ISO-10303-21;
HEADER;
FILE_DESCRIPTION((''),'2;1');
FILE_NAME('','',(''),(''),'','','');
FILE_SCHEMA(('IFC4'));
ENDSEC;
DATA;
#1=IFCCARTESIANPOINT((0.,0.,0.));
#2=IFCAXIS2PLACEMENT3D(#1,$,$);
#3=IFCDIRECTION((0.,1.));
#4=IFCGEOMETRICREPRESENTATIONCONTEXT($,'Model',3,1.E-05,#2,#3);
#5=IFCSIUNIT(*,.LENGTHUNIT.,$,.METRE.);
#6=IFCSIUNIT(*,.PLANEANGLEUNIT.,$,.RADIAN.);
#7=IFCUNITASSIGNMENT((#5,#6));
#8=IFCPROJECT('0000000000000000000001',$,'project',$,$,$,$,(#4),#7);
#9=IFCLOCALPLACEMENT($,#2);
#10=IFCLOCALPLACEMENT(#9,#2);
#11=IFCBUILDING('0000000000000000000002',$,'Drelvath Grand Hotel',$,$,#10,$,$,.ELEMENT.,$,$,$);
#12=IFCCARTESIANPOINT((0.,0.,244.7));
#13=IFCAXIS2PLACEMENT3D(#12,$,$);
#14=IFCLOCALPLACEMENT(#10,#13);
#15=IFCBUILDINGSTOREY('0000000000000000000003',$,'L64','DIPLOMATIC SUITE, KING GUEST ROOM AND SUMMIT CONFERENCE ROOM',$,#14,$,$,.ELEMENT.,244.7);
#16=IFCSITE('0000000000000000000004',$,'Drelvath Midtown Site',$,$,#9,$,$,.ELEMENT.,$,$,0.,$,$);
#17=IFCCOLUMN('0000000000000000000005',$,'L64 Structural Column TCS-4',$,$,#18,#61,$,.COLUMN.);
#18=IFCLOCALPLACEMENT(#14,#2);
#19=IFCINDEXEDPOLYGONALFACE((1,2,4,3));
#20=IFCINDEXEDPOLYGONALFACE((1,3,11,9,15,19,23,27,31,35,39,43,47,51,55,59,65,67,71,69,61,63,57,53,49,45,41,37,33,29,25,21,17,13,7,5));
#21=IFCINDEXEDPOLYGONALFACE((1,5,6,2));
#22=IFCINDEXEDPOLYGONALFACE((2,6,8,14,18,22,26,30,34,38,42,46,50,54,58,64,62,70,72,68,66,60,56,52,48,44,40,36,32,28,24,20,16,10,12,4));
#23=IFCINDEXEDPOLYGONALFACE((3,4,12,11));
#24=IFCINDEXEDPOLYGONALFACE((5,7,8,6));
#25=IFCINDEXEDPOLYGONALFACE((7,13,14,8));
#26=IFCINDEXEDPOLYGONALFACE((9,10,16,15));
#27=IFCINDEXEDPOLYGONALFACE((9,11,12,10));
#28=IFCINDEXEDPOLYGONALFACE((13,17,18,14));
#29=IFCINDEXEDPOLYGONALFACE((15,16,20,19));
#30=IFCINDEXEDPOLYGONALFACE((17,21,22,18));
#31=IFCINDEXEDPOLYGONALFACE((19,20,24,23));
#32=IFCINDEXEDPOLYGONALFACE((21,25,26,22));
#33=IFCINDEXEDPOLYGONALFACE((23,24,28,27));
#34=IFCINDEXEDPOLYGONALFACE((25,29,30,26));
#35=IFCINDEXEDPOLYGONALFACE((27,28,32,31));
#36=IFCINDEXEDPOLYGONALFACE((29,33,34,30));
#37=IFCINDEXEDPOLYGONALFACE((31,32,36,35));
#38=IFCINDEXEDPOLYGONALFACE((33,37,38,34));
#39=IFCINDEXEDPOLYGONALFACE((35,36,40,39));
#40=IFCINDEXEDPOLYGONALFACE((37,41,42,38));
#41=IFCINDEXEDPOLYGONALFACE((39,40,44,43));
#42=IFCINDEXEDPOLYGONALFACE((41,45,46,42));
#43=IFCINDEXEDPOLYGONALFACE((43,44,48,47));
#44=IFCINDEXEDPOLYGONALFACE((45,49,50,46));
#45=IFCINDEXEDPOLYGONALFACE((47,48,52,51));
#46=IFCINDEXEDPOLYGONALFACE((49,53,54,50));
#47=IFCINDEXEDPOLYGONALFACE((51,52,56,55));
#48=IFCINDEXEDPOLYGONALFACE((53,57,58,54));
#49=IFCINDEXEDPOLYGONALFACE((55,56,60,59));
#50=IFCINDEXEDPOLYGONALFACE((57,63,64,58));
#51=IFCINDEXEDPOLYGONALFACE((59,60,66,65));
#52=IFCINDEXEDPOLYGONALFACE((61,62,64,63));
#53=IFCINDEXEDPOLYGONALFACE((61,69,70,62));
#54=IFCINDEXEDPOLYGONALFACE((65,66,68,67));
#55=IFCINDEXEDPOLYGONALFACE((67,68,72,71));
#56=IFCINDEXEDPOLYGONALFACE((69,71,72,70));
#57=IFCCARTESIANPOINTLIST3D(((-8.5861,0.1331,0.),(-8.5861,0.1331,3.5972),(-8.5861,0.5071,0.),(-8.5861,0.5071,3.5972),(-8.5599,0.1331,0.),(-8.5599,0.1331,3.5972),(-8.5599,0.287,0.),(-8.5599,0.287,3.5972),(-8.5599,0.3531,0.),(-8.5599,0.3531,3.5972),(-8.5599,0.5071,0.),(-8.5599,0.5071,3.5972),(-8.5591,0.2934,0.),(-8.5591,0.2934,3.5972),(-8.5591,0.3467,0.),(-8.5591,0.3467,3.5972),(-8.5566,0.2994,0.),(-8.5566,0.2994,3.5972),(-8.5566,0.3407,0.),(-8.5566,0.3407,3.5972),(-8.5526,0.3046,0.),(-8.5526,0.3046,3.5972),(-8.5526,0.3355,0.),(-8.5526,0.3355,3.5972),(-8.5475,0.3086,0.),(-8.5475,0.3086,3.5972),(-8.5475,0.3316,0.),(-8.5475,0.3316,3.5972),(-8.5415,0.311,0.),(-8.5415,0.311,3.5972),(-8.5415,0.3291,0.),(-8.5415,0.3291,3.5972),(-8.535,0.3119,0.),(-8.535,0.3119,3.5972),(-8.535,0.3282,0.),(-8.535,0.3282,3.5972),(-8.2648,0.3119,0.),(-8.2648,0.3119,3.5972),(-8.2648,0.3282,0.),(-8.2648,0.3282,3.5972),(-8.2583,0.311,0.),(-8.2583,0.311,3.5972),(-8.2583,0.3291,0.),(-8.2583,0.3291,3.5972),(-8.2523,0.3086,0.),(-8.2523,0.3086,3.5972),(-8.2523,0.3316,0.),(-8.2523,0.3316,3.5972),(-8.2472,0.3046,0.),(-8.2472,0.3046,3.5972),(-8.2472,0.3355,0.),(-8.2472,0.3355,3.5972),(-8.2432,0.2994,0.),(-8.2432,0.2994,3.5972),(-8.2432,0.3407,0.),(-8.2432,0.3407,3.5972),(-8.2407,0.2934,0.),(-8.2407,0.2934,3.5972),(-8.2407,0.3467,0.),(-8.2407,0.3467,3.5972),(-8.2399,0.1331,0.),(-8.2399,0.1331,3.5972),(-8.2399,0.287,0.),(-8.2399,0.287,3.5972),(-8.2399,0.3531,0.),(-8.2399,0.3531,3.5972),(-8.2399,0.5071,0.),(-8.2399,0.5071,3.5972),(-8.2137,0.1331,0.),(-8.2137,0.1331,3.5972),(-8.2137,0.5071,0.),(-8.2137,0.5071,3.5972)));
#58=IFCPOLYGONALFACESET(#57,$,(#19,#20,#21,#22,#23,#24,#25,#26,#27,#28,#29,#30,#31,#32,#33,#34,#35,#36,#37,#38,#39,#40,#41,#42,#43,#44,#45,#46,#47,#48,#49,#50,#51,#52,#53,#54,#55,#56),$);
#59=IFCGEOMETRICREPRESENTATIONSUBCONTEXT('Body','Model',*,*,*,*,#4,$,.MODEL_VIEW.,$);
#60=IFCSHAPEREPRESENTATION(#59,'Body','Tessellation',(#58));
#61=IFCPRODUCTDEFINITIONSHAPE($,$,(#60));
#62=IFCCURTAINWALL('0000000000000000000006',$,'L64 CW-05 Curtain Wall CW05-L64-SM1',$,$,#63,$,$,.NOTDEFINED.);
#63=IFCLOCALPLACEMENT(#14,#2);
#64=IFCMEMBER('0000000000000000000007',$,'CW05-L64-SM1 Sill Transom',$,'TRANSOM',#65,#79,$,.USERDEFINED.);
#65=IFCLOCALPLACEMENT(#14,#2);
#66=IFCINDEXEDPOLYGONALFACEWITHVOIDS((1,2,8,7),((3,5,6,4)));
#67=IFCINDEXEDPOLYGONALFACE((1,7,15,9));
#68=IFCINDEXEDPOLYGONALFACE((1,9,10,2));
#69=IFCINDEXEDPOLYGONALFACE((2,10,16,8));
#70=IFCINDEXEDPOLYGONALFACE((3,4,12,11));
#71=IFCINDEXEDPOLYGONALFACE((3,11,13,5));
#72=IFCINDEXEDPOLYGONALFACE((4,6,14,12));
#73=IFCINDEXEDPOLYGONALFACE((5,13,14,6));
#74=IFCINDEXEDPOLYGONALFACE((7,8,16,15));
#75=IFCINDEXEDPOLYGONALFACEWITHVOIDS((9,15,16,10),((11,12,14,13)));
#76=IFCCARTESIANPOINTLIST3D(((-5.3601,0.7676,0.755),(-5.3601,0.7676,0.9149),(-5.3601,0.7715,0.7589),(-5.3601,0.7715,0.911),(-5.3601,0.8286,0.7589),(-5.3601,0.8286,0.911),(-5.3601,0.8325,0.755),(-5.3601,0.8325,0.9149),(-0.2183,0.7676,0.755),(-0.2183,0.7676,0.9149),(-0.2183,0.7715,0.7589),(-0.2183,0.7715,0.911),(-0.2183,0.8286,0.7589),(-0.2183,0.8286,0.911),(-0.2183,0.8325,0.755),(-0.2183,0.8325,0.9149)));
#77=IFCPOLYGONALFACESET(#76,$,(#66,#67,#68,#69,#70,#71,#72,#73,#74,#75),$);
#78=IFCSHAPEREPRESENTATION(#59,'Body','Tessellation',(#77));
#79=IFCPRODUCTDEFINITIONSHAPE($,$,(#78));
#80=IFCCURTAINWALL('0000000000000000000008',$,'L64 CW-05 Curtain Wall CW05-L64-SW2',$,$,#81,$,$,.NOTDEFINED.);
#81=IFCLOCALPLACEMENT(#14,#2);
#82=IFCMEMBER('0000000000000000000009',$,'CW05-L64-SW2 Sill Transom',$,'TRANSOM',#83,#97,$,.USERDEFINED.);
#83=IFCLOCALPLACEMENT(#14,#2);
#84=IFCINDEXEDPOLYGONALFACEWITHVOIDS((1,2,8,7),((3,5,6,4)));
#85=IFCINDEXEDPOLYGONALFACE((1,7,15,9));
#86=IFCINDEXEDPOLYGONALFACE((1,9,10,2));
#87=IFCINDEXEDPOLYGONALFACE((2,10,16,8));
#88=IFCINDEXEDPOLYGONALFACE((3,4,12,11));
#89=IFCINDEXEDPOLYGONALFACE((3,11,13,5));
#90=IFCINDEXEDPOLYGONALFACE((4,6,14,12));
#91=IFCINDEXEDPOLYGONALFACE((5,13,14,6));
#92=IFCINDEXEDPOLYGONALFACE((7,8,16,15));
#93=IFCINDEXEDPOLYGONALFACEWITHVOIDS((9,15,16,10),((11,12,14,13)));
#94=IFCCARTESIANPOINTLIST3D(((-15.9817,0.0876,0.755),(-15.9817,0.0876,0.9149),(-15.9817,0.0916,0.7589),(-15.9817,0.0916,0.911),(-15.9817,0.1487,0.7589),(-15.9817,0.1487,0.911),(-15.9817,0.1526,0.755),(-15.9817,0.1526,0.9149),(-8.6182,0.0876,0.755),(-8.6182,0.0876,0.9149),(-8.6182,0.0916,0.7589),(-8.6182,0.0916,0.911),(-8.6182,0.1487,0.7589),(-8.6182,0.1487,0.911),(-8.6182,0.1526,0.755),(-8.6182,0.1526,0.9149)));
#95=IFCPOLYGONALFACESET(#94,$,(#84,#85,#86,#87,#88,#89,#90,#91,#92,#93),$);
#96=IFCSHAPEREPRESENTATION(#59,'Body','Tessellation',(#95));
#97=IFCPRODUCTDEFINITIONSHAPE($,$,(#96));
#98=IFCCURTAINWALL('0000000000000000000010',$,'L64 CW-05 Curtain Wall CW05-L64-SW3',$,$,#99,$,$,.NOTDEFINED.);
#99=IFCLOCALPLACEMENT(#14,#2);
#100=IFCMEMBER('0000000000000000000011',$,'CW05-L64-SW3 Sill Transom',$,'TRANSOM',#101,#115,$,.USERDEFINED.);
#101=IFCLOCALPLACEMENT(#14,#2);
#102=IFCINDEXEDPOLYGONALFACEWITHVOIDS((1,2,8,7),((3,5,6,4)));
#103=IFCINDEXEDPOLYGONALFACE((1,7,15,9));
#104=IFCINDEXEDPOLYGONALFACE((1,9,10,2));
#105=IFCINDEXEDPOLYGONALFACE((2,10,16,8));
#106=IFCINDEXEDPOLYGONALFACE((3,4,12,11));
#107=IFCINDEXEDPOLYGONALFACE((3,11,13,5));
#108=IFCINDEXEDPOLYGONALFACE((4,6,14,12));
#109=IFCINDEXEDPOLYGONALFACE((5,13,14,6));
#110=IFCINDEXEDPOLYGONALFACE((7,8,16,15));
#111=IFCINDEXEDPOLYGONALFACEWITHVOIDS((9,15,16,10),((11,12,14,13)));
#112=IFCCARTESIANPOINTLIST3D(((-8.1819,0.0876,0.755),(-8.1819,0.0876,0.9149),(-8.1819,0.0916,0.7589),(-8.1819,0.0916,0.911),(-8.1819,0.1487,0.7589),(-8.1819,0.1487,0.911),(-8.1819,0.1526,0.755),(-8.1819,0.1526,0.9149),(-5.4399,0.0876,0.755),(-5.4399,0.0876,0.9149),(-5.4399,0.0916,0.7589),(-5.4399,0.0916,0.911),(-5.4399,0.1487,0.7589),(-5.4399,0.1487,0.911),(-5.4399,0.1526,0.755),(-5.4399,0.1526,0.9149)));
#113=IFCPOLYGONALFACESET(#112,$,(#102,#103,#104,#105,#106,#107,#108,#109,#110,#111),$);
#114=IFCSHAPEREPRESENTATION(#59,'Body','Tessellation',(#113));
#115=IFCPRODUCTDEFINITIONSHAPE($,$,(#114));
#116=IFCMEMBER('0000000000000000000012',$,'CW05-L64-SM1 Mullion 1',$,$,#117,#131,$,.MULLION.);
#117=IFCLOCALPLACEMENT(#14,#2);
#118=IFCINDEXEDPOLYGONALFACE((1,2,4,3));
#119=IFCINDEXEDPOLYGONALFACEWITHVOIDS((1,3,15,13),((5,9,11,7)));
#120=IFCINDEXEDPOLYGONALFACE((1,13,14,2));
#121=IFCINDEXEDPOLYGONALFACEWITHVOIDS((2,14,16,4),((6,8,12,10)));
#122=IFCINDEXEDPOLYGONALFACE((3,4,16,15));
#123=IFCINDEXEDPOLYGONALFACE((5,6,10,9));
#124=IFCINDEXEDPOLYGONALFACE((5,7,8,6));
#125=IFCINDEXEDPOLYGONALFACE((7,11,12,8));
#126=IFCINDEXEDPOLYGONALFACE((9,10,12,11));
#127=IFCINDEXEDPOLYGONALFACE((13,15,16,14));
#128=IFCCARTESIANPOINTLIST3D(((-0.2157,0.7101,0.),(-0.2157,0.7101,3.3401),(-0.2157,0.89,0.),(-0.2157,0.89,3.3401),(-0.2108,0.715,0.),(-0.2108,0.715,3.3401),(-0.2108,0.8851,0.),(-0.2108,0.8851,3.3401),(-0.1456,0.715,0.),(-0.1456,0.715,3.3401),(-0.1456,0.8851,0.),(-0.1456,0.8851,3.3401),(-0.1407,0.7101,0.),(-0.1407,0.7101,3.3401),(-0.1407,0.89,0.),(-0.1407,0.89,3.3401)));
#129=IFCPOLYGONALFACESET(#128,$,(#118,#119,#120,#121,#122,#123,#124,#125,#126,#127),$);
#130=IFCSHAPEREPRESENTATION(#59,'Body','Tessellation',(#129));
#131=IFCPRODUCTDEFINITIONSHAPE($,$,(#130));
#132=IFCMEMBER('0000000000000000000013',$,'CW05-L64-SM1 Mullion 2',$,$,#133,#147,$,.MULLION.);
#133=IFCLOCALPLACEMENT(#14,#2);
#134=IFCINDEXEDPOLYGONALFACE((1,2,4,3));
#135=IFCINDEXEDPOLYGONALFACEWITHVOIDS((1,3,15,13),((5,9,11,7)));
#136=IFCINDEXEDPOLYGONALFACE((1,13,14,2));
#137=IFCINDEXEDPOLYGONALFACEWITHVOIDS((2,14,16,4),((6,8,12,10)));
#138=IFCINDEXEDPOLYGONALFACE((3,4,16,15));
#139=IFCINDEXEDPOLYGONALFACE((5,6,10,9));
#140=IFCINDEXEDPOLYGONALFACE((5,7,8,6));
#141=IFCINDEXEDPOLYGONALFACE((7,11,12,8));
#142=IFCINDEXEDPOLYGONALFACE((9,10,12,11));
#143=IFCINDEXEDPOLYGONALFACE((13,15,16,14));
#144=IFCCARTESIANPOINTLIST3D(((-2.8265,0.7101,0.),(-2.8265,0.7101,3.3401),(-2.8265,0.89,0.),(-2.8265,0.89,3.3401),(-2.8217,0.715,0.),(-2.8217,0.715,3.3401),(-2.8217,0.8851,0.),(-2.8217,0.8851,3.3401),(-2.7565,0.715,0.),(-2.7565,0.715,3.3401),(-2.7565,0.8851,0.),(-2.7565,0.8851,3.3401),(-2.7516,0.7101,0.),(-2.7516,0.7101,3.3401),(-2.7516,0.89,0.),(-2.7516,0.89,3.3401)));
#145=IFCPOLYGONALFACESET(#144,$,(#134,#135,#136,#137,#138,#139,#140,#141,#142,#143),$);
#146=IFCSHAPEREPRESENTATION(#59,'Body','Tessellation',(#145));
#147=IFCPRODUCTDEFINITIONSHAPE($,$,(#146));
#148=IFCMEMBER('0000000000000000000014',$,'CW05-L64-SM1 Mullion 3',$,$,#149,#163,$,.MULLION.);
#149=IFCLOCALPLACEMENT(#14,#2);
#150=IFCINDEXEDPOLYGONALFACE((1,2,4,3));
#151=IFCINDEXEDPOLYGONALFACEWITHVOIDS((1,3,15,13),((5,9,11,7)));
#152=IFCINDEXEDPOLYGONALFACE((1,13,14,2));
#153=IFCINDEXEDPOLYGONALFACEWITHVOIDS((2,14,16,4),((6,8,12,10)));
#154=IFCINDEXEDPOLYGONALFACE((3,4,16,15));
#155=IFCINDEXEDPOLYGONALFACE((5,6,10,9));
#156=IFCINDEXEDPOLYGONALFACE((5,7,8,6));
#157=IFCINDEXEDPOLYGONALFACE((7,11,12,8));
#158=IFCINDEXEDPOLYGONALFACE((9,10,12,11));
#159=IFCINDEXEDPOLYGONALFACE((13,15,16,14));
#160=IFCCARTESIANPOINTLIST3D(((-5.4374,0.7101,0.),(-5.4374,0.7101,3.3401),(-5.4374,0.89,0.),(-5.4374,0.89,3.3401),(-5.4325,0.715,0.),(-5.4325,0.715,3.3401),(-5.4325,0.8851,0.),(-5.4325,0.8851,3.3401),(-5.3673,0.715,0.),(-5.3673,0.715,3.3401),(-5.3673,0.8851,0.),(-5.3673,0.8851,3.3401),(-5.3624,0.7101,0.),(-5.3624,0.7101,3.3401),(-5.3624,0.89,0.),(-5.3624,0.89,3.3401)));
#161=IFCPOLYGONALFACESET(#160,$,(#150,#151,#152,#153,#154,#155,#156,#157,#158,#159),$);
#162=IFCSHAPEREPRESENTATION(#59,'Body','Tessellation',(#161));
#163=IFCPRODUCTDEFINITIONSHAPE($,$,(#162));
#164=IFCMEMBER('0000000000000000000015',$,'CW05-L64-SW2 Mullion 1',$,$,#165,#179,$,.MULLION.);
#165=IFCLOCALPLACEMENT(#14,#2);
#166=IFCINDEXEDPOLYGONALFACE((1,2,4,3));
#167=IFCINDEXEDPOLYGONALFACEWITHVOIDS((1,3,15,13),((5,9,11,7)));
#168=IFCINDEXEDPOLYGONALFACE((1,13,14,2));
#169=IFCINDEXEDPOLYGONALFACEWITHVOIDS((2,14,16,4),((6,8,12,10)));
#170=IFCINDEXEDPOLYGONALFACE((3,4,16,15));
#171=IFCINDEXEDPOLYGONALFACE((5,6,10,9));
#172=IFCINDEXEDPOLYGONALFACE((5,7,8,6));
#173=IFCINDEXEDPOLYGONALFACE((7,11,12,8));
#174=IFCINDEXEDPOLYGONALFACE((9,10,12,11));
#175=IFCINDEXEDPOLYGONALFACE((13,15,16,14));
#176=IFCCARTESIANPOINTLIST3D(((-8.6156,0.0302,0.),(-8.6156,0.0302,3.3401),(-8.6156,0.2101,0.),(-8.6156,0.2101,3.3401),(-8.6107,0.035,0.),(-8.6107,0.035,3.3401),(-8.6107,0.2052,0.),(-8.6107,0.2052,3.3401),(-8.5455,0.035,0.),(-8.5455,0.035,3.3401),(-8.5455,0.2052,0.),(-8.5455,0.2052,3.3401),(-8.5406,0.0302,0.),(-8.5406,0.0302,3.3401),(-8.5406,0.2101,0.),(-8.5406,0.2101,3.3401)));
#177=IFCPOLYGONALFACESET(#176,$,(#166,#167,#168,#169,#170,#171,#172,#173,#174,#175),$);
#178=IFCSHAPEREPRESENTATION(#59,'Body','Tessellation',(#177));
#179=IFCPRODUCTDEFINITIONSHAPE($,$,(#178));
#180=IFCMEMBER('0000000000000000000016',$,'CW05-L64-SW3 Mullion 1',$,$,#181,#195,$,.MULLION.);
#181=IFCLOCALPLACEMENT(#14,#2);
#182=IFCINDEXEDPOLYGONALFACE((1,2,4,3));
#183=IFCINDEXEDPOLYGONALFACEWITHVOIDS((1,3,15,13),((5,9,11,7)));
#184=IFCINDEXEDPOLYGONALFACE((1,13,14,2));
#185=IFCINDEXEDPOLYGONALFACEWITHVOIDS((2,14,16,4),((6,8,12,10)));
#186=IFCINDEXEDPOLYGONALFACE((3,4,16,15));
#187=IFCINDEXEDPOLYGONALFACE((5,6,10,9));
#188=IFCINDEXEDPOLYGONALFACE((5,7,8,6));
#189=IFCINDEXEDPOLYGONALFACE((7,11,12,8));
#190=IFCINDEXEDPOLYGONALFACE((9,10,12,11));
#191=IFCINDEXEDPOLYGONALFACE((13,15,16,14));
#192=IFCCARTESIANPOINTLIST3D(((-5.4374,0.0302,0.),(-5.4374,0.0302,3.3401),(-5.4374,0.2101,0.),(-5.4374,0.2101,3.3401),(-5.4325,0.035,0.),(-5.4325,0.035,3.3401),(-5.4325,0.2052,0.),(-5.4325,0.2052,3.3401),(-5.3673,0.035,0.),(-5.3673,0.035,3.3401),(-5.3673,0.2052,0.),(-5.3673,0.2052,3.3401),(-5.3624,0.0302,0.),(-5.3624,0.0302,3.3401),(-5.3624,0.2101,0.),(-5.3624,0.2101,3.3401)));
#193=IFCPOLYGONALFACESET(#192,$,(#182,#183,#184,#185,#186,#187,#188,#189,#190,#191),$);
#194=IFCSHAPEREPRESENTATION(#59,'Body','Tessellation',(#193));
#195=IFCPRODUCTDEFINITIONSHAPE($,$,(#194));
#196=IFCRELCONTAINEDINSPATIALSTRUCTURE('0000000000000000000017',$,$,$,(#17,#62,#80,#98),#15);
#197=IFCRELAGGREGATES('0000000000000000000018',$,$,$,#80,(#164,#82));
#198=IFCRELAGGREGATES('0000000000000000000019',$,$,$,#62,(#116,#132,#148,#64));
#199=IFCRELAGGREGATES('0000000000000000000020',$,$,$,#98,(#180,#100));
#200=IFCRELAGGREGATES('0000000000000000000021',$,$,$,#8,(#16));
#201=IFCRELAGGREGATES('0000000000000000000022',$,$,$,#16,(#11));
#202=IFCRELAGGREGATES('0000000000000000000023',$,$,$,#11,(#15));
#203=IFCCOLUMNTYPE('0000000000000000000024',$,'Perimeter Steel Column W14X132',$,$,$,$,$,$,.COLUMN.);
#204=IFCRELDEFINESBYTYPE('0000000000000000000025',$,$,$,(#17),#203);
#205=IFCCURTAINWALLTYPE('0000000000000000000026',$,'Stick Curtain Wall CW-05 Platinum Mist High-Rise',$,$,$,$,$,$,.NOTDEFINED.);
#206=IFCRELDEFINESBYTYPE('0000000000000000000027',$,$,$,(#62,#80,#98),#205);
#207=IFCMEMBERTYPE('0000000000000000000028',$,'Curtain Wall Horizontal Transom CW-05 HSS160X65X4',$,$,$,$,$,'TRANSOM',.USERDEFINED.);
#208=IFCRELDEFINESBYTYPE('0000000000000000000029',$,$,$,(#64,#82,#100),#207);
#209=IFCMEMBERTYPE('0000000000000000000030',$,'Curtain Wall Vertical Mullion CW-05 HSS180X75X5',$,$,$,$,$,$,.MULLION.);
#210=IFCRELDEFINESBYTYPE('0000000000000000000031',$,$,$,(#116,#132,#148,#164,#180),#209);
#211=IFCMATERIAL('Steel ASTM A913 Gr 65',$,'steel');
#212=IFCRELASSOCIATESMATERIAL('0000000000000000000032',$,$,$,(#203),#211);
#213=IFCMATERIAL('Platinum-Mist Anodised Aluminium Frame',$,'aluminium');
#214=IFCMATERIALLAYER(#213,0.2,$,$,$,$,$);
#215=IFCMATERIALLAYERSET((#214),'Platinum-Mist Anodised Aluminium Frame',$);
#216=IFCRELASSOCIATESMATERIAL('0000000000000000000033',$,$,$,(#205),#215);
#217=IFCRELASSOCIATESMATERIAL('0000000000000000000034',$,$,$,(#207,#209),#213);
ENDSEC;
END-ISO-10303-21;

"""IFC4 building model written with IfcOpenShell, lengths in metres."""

from ifc_helpers import new_model, si_unit, direction, frame, origin, origin_2d, place, context, subcontext, project, spatial, hollow_rectangle, i_section, extrude, material, layer, layer_set, material_profile, profile_set, type_object, element, aggregate, save


model = new_model("IFC4")

# Units and contexts
model_context = context("Model", 3, precision=1e-05, world=origin(), true_north=direction((0.0, 1.0)))
body_context = subcontext(model_context, "Body", "Model", "MODEL_VIEW")
ifc_project = project(units=[si_unit("LENGTHUNIT", "METRE"), si_unit("PLANEANGLEUNIT", "RADIAN")], contexts=[model_context])

# Site, building, storey
site_placement = place(None, origin())
site = spatial("IfcSite", under=ifc_project, at=site_placement, Name="Drelvath Midtown Site", CompositionType="ELEMENT", RefElevation=0.0)
building_placement = place(site_placement, origin())
building = spatial("IfcBuilding", under=site, at=building_placement, Name="Drelvath Grand Hotel", CompositionType="ELEMENT")
storey_placement = place(building_placement, frame((0.0, 0.0, 244.7)))
storey = spatial("IfcBuildingStorey", under=building, at=storey_placement, Name="L64", Description="DIPLOMATIC SUITE, KING GUEST ROOM AND SUMMIT CONFERENCE ROOM", CompositionType="ELEMENT", Elevation=244.7)

# Column
ifc_material_1 = material(Name="Steel ASTM A913 Gr 65", Category="steel")
ifc_material_profile_1 = material_profile(ifc_material_1, i_section(OverallWidth=0.374, OverallDepth=0.3723, WebThickness=0.0164, FlangeThickness=0.0261, FilletRadius=0.0249, at=origin_2d()), Name="W14X132")
ifc_profile_set_1 = profile_set([ifc_material_profile_1], Name="Steel ASTM A913 Gr 65")
column_type = type_object("IfcColumnType", Name="Perimeter Steel Column W14X132", PredefinedType="COLUMN", material=ifc_profile_set_1)
column_placement = place(storey_placement, frame((-8.3999, 0.3201, 0.0), z_axis=(0.0, 0.0, 1.0), x_axis=(0.0, 1.0, 0.0)))
element("IfcColumn", 1, at=column_placement, inside=storey, type_object=column_type, Name="L64 Structural Column TCS-4", PredefinedType="COLUMN", context=body_context, shape_type="SweptSolid", body=[
    extrude(i_section(OverallWidth=0.374, OverallDepth=0.3723, WebThickness=0.0164, FlangeThickness=0.0261, FilletRadius=0.0249, at=origin_2d()), origin(), (0.0, 0.0, 1.0), 3.5972),
])

# Curtain walls, members
ifc_material_2 = material(Name="Platinum-Mist Anodised Aluminium Frame", Category="aluminium")
ifc_layer_1 = layer(ifc_material_2, 0.2)
ifc_layer_set_1 = layer_set([ifc_layer_1], Name="Platinum-Mist Anodised Aluminium Frame")
curtain_wall_type = type_object("IfcCurtainWallType", Name="Stick Curtain Wall CW-05 Platinum Mist High-Rise", PredefinedType="NOTDEFINED", material=ifc_layer_set_1)
curtain_wall_1_placement = place(storey_placement, origin())
curtain_wall_1 = element("IfcCurtainWall", 2, at=curtain_wall_1_placement, inside=storey, type_object=curtain_wall_type, Name="L64 CW-05 Curtain Wall CW05-L64-SM1", PredefinedType="NOTDEFINED")
ifc_material_profile_2 = material_profile(ifc_material_2, hollow_rectangle(XDim=0.0649, YDim=0.1599, WallThickness=0.0039, at=origin_2d()), Name="HSS160X65X4")
ifc_profile_set_2 = profile_set([ifc_material_profile_2], Name="Platinum-Mist Anodised Aluminium Frame")
member_type_1 = type_object("IfcMemberType", Name="Curtain Wall Horizontal Transom CW-05 HSS160X65X4", ElementType="TRANSOM", PredefinedType="USERDEFINED", material=ifc_profile_set_2)
member_1_placement = place(storey_placement, frame((-0.2183, 0.8, 0.835), z_axis=(-1.0, 0.0, 0.0), x_axis=(0.0, -1.0, 0.0)))
member_1 = element("IfcMember", 3, at=member_1_placement, type_object=member_type_1, Name="CW05-L64-SM1 Sill Transom", ObjectType="TRANSOM", PredefinedType="USERDEFINED", context=body_context, shape_type="SweptSolid", body=[
    extrude(hollow_rectangle(XDim=0.0649, YDim=0.1599, WallThickness=0.0039, at=origin_2d()), origin(), (0.0, 0.0, 1.0), 5.1418),
])
curtain_wall_2_placement = place(storey_placement, origin())
curtain_wall_2 = element("IfcCurtainWall", 4, at=curtain_wall_2_placement, inside=storey, type_object=curtain_wall_type, Name="L64 CW-05 Curtain Wall CW05-L64-SW2", PredefinedType="NOTDEFINED")
member_2_placement = place(storey_placement, frame((-8.6182, 0.1201, 0.835), z_axis=(-1.0, 0.0, 0.0), x_axis=(0.0, -1.0, 0.0)))
member_2 = element("IfcMember", 5, at=member_2_placement, type_object=member_type_1, Name="CW05-L64-SW2 Sill Transom", ObjectType="TRANSOM", PredefinedType="USERDEFINED", context=body_context, shape_type="SweptSolid", body=[
    extrude(hollow_rectangle(XDim=0.0649, YDim=0.1599, WallThickness=0.0039, at=origin_2d()), origin(), (0.0, 0.0, 1.0), 7.3635),
])
curtain_wall_3_placement = place(storey_placement, origin())
curtain_wall_3 = element("IfcCurtainWall", 6, at=curtain_wall_3_placement, inside=storey, type_object=curtain_wall_type, Name="L64 CW-05 Curtain Wall CW05-L64-SW3", PredefinedType="NOTDEFINED")
member_3_placement = place(storey_placement, frame((-5.4399, 0.1201, 0.835), z_axis=(-1.0, 0.0, 0.0), x_axis=(0.0, -1.0, 0.0)))
member_3 = element("IfcMember", 7, at=member_3_placement, type_object=member_type_1, Name="CW05-L64-SW3 Sill Transom", ObjectType="TRANSOM", PredefinedType="USERDEFINED", context=body_context, shape_type="SweptSolid", body=[
    extrude(hollow_rectangle(XDim=0.0649, YDim=0.1599, WallThickness=0.0039, at=origin_2d()), origin(), (0.0, 0.0, 1.0), 2.7419),
])

# Members
ifc_material_profile_3 = material_profile(ifc_material_2, hollow_rectangle(XDim=0.075, YDim=0.1799, WallThickness=0.0049, at=origin_2d()), Name="HSS180X75X5")
ifc_profile_set_3 = profile_set([ifc_material_profile_3], Name="Platinum-Mist Anodised Aluminium Frame")
member_type_2 = type_object("IfcMemberType", Name="Curtain Wall Vertical Mullion CW-05 HSS180X75X5", PredefinedType="MULLION", material=ifc_profile_set_3)
member_4_placement = place(storey_placement, frame((-0.1782, 0.8, 0.0), z_axis=(0.0, 0.0, 1.0), x_axis=(1.0, 0.0, 0.0)))
member_4 = element("IfcMember", 8, at=member_4_placement, type_object=member_type_2, Name="CW05-L64-SM1 Mullion 1", PredefinedType="MULLION", context=body_context, shape_type="SweptSolid", body=[
    extrude(hollow_rectangle(XDim=0.075, YDim=0.1799, WallThickness=0.0049, at=origin_2d()), origin(), (0.0, 0.0, 1.0), 3.3401),
])
member_5_placement = place(storey_placement, frame((-2.7891, 0.8, 0.0), z_axis=(0.0, 0.0, 1.0), x_axis=(1.0, 0.0, 0.0)))
member_5 = element("IfcMember", 9, at=member_5_placement, type_object=member_type_2, Name="CW05-L64-SM1 Mullion 2", PredefinedType="MULLION", context=body_context, shape_type="SweptSolid", body=[
    extrude(hollow_rectangle(XDim=0.075, YDim=0.1799, WallThickness=0.0049, at=origin_2d()), origin(), (0.0, 0.0, 1.0), 3.3401),
])
member_6_placement = place(storey_placement, frame((-5.3999, 0.8, 0.0), z_axis=(0.0, 0.0, 1.0), x_axis=(1.0, 0.0, 0.0)))
member_6 = element("IfcMember", 10, at=member_6_placement, type_object=member_type_2, Name="CW05-L64-SM1 Mullion 3", PredefinedType="MULLION", context=body_context, shape_type="SweptSolid", body=[
    extrude(hollow_rectangle(XDim=0.075, YDim=0.1799, WallThickness=0.0049, at=origin_2d()), origin(), (0.0, 0.0, 1.0), 3.3401),
])
member_7_placement = place(storey_placement, frame((-8.5781, 0.1201, 0.0), z_axis=(0.0, 0.0, 1.0), x_axis=(1.0, 0.0, 0.0)))
member_7 = element("IfcMember", 11, at=member_7_placement, type_object=member_type_2, Name="CW05-L64-SW2 Mullion 1", PredefinedType="MULLION", context=body_context, shape_type="SweptSolid", body=[
    extrude(hollow_rectangle(XDim=0.075, YDim=0.1799, WallThickness=0.0049, at=origin_2d()), origin(), (0.0, 0.0, 1.0), 3.3401),
])
aggregate(curtain_wall_2, [member_7, member_2])
member_8_placement = place(storey_placement, frame((-5.3999, 0.1201, 0.0), z_axis=(0.0, 0.0, 1.0), x_axis=(1.0, 0.0, 0.0)))
member_8 = element("IfcMember", 12, at=member_8_placement, type_object=member_type_2, Name="CW05-L64-SW3 Mullion 1", PredefinedType="MULLION", context=body_context, shape_type="SweptSolid", body=[
    extrude(hollow_rectangle(XDim=0.075, YDim=0.1799, WallThickness=0.0049, at=origin_2d()), origin(), (0.0, 0.0, 1.0), 3.3401),
])

aggregate(curtain_wall_1, [member_4, member_5, member_6, member_1])
aggregate(curtain_wall_3, [member_8, member_3])

save(model, "model.ifc")
